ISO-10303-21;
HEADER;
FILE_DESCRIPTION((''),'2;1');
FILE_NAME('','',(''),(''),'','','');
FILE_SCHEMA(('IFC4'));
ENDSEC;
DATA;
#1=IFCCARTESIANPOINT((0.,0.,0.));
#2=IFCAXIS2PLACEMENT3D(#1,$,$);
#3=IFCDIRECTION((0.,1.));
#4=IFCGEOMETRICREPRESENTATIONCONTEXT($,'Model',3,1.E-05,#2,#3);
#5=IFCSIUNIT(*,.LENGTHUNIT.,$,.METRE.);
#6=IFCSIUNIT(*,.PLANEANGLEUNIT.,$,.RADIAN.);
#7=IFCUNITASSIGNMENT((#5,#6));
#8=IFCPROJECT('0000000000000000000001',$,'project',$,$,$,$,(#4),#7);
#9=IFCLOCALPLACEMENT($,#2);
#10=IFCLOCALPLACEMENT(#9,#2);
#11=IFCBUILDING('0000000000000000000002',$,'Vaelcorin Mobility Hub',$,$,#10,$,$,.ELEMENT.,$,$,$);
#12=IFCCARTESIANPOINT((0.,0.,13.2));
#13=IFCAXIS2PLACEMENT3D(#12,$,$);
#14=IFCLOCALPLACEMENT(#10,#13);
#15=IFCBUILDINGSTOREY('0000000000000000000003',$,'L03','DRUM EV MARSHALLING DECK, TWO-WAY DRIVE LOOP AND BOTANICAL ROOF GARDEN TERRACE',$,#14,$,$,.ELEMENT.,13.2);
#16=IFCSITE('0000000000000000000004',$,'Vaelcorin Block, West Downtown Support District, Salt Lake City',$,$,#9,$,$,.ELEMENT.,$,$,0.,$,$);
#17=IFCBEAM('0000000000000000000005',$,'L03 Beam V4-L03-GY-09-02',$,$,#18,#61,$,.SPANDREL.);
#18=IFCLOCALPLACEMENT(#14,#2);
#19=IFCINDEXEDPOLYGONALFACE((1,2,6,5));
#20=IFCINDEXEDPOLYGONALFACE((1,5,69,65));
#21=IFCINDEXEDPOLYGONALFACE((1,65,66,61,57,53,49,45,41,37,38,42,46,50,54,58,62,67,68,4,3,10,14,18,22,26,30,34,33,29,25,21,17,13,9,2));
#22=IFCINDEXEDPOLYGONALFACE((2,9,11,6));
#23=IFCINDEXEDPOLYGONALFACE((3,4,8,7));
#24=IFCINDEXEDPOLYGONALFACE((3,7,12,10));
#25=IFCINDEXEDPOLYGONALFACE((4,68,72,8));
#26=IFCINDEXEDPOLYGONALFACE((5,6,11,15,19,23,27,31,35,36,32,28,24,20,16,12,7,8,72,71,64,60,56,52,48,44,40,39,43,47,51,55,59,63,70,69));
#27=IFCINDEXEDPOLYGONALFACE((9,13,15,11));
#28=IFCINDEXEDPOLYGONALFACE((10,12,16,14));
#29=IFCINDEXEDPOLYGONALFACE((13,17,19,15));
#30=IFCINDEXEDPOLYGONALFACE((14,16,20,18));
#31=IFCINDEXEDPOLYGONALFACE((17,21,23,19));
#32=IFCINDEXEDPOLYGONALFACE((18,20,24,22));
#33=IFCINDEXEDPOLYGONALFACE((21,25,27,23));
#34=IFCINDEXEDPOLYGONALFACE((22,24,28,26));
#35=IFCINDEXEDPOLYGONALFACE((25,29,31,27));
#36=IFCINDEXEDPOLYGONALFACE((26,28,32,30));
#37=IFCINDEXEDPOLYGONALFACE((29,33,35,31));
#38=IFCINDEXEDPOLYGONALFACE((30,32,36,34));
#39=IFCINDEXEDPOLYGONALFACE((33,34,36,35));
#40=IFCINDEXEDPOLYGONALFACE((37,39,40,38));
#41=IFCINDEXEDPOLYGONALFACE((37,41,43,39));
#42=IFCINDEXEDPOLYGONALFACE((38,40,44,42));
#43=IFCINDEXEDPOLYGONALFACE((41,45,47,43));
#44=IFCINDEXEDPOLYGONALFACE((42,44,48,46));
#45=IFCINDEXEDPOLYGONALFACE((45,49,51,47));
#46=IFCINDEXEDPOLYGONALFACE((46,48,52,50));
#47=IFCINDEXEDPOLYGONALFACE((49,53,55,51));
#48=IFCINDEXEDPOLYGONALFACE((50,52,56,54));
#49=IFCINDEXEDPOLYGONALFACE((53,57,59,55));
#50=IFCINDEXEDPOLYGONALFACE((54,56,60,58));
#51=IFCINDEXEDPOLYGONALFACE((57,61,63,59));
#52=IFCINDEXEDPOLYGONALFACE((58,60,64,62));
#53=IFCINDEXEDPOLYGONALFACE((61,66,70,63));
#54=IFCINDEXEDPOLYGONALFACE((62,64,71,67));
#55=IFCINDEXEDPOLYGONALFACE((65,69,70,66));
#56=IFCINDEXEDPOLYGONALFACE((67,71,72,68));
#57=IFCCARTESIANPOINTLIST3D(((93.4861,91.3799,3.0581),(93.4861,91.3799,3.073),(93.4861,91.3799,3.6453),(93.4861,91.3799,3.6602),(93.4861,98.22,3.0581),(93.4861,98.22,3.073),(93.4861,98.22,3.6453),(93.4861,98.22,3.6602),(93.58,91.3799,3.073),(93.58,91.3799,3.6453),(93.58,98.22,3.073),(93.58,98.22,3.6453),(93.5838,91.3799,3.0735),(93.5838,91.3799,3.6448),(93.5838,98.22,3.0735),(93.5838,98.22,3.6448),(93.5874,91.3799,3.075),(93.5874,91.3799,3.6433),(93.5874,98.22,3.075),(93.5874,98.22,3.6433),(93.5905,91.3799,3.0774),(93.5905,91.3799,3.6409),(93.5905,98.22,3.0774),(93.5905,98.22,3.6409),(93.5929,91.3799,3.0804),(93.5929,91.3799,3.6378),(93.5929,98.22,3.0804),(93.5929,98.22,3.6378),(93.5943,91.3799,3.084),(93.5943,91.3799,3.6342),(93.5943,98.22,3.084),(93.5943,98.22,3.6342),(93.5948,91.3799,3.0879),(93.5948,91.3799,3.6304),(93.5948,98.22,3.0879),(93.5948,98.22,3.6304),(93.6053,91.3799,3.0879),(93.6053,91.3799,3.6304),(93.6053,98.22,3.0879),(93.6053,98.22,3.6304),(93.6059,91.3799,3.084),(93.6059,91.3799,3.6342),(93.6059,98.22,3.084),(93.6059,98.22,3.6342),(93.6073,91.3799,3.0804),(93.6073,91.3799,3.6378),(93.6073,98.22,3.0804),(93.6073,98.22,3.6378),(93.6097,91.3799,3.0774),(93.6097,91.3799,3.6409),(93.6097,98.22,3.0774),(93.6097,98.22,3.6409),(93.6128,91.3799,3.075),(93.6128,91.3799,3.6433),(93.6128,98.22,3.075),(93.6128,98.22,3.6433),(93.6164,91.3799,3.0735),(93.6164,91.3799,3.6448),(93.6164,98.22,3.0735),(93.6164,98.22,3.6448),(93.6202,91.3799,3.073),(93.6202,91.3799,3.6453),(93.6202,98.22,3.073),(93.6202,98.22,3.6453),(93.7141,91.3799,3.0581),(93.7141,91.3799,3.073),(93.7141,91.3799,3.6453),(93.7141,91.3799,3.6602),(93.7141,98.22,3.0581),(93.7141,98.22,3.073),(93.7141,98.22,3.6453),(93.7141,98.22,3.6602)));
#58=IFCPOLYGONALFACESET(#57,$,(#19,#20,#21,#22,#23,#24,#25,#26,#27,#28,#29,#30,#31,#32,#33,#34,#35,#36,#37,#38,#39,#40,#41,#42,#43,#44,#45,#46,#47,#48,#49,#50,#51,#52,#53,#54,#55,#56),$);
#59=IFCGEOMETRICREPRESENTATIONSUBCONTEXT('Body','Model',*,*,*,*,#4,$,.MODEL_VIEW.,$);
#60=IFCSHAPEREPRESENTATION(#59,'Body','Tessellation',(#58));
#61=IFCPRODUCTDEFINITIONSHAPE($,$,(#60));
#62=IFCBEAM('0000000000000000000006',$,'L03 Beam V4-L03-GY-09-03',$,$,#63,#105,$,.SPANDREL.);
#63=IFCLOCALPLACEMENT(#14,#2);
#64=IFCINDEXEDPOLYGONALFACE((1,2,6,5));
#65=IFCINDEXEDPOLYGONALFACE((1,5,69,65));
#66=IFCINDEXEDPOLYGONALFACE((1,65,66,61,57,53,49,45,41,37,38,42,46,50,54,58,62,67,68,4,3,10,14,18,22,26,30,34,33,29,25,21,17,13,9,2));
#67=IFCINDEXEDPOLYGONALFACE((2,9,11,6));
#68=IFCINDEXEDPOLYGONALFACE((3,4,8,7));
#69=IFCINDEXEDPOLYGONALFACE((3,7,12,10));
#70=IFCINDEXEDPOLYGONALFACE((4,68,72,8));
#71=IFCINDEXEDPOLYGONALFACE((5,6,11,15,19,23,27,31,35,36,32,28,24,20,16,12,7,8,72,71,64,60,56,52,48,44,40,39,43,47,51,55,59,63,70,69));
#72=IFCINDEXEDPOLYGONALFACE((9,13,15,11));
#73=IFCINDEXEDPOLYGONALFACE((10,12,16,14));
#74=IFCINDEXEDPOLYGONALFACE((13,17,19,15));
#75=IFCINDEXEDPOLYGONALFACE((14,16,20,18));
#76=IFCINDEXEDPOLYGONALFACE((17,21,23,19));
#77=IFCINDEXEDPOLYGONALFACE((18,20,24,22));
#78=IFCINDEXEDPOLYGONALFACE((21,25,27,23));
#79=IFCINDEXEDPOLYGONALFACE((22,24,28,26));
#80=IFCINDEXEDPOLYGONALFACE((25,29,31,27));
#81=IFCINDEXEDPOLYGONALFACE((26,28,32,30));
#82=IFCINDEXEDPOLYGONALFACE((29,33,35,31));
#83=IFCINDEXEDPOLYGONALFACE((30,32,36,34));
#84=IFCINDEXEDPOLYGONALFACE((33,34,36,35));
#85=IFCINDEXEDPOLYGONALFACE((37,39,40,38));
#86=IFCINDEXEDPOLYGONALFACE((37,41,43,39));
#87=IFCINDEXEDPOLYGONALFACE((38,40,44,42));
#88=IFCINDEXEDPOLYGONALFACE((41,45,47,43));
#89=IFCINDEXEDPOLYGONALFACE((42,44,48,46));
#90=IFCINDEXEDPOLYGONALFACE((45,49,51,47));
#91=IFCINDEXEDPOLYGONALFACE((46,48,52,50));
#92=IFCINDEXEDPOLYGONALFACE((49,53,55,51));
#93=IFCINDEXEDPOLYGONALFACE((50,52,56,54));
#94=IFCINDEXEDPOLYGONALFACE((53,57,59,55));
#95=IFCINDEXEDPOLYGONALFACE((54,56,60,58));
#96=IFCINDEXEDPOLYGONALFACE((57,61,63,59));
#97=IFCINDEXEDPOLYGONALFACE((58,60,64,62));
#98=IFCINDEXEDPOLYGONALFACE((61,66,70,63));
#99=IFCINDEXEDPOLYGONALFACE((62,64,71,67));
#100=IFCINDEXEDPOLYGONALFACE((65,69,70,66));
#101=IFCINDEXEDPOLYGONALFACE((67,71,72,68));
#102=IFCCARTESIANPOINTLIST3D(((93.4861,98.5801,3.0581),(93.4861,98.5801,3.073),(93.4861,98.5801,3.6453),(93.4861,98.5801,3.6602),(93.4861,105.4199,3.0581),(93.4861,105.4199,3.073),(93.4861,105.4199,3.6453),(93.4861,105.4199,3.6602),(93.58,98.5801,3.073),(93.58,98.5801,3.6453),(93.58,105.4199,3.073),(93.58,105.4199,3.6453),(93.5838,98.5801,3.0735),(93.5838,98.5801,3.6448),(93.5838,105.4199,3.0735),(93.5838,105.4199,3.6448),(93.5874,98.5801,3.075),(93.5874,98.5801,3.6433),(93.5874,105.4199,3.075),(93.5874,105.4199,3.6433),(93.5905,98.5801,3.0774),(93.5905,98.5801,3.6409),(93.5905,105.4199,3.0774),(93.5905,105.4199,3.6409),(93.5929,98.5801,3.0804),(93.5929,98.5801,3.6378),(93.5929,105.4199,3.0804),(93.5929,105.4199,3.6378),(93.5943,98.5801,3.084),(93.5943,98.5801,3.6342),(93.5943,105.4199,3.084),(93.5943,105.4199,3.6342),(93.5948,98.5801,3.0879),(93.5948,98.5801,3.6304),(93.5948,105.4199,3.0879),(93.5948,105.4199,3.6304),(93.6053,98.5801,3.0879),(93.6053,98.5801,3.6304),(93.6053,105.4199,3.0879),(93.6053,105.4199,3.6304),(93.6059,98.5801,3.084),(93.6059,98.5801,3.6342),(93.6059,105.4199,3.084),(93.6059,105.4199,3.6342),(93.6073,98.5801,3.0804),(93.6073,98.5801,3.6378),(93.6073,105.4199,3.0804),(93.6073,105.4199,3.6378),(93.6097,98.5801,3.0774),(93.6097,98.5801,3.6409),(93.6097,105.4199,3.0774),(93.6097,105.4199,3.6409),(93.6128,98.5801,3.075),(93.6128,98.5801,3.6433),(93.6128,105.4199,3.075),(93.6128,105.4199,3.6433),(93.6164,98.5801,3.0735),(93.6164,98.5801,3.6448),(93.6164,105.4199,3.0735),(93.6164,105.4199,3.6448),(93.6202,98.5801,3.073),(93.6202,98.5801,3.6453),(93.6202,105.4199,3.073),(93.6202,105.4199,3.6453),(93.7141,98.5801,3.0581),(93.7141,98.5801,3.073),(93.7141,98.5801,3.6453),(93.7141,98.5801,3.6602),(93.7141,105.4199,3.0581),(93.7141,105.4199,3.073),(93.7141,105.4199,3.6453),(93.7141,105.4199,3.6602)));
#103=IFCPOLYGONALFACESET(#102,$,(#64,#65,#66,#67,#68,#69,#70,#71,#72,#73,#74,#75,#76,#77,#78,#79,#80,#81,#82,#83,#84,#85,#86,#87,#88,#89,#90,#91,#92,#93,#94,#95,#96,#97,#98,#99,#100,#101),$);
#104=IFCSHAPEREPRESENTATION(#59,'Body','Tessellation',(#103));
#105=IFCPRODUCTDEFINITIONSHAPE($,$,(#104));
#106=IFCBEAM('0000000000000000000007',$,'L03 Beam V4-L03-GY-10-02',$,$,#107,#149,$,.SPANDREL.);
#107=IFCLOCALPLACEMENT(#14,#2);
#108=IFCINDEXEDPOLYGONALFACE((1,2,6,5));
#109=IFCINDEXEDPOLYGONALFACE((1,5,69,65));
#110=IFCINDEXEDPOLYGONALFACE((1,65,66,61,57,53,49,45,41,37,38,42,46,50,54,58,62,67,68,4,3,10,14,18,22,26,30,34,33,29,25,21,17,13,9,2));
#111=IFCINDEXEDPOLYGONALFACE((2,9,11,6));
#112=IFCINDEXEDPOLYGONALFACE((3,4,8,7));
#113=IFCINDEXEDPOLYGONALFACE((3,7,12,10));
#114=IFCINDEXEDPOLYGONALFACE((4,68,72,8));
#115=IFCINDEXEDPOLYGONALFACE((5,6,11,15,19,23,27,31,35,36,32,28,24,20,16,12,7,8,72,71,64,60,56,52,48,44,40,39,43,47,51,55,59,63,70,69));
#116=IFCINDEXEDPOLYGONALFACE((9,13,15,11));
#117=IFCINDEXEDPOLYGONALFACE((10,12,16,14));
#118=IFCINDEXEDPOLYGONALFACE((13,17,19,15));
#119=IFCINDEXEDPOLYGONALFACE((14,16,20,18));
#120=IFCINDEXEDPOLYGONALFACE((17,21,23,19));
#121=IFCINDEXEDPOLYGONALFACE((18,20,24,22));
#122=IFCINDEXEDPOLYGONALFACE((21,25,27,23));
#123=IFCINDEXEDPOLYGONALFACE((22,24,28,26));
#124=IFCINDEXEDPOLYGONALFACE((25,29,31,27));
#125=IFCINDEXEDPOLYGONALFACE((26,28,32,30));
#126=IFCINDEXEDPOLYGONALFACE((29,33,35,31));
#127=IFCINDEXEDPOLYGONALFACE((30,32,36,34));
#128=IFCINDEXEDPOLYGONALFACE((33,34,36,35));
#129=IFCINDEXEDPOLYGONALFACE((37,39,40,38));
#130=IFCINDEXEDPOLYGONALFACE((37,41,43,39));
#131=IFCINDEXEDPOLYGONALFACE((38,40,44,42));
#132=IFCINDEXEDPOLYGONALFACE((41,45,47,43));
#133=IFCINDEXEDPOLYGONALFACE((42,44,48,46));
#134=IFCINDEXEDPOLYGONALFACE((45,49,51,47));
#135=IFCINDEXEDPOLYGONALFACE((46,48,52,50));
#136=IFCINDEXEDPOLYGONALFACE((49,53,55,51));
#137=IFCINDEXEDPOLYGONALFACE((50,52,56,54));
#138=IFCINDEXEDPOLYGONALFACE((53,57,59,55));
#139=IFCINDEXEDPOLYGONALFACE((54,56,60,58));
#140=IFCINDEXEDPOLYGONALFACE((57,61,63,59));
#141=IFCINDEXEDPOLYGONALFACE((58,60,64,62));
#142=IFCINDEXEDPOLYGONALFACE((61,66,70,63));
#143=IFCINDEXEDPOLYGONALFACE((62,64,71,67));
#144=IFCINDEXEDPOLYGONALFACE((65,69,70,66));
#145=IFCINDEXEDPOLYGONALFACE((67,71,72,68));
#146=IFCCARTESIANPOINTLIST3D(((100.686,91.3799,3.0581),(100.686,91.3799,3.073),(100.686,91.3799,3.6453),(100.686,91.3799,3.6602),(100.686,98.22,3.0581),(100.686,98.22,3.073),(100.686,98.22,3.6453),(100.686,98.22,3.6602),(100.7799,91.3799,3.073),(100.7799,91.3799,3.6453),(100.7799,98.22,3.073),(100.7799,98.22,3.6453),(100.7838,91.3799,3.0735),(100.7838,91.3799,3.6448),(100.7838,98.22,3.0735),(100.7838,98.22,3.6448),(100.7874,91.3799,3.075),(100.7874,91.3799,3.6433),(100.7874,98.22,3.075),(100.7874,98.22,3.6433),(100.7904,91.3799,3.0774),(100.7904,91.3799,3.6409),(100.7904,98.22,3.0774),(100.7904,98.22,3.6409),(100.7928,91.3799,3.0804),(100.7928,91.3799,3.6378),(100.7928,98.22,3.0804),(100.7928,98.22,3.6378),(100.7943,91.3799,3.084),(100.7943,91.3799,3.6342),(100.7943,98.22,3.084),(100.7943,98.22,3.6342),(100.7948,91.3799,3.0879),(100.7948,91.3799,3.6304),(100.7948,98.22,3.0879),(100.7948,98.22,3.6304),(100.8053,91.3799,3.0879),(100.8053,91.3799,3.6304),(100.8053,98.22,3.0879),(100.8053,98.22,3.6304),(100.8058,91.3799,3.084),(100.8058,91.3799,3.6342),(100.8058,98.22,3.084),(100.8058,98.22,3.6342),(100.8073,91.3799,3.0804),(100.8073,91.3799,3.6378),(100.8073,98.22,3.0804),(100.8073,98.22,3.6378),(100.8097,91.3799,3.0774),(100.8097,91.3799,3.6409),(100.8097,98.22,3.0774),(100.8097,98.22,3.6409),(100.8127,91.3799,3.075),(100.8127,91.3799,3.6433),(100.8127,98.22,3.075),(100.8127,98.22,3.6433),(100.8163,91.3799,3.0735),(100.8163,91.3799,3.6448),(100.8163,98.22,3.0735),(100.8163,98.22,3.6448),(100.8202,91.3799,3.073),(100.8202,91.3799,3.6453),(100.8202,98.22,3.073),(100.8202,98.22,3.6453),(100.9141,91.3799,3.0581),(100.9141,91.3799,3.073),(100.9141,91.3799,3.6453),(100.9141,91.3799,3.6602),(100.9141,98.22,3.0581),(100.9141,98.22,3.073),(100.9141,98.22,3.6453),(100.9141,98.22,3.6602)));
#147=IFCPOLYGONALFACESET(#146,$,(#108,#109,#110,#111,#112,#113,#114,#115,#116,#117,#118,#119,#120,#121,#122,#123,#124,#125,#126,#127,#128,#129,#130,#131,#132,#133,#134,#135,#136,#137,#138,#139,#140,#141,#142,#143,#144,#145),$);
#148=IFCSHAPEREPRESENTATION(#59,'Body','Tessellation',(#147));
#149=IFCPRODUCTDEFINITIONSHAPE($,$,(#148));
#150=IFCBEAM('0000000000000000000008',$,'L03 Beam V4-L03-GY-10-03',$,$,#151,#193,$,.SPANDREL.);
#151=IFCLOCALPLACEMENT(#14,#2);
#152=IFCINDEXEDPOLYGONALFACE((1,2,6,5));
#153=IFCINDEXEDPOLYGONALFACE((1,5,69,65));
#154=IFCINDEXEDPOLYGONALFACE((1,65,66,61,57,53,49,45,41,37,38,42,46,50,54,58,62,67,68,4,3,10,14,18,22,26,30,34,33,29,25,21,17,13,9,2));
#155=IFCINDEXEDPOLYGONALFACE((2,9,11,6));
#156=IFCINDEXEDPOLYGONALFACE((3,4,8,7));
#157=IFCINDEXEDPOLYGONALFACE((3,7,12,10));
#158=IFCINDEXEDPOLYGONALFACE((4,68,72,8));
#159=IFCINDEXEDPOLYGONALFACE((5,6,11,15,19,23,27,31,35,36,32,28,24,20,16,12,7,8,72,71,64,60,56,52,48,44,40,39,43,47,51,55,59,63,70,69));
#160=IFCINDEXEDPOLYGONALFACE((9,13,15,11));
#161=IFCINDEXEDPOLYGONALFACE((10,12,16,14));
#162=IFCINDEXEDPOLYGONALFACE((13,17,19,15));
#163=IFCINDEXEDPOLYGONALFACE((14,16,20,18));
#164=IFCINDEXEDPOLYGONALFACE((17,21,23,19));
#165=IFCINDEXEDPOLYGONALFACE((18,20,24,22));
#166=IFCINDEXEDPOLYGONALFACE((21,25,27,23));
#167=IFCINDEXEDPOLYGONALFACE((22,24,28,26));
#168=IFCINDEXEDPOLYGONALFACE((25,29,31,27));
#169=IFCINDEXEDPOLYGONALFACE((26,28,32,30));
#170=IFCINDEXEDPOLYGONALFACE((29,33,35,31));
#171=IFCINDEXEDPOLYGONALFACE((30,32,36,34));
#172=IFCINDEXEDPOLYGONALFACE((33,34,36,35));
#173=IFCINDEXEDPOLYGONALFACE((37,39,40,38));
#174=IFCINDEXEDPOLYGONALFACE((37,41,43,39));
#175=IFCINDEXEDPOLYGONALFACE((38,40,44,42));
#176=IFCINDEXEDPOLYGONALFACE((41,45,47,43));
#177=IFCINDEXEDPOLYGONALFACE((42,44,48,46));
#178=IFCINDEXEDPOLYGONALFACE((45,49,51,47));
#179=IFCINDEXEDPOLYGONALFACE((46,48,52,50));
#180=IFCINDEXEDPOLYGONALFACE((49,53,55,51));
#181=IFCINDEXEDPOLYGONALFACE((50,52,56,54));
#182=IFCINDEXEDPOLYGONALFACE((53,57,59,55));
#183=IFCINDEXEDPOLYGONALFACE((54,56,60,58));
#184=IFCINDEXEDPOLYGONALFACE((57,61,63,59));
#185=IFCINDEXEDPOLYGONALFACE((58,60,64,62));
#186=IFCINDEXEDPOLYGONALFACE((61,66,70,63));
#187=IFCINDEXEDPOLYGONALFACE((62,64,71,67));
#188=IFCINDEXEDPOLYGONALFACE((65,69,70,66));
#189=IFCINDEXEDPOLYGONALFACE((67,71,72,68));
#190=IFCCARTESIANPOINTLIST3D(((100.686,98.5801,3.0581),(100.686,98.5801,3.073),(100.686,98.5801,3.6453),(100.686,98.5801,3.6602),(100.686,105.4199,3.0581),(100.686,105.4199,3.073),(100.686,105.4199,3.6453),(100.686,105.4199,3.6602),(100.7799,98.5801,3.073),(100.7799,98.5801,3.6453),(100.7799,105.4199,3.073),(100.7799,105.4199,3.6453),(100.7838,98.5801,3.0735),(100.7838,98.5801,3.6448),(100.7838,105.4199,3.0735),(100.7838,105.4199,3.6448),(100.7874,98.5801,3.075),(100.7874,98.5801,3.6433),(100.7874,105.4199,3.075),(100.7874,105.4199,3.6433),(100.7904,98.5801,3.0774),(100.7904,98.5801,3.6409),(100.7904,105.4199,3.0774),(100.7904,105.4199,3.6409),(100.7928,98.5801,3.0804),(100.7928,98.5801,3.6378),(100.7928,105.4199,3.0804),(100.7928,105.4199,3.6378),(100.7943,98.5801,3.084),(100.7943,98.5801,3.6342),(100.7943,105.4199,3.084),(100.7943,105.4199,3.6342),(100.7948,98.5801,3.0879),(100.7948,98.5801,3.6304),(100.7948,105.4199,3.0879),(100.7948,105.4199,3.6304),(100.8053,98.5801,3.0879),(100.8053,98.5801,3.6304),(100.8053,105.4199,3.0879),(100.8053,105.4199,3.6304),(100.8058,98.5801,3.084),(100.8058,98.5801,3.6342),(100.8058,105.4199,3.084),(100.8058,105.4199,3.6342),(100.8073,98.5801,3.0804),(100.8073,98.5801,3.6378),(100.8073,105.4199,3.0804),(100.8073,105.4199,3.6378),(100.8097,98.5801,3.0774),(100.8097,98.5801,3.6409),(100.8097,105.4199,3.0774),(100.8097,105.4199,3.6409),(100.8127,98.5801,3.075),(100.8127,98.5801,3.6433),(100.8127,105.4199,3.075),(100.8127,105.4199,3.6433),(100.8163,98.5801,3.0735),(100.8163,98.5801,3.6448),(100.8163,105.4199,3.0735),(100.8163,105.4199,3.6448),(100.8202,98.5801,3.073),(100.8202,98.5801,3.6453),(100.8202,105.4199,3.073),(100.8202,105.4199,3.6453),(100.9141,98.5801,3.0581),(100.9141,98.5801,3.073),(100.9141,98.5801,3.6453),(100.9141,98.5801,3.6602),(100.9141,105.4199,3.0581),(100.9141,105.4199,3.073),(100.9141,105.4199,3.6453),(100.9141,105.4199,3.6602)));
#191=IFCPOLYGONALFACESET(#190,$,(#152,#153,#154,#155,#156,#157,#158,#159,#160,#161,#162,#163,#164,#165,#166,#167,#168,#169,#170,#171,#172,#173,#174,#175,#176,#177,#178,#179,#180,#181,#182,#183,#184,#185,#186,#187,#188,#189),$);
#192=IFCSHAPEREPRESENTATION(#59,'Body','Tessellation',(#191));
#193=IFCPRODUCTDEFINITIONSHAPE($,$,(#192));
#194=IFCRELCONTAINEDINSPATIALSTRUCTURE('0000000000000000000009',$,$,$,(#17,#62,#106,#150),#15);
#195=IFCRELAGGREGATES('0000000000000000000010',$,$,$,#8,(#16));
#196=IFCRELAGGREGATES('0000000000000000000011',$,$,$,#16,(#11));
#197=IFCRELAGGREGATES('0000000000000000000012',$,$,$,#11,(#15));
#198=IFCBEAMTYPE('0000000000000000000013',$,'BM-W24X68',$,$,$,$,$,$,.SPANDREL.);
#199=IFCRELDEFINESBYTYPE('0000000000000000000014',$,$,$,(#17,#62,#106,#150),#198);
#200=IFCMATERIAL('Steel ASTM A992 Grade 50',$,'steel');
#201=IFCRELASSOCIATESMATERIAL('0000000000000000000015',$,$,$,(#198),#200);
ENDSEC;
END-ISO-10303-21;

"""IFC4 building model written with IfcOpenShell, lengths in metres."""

from ifc_helpers import new_model, si_unit, direction, frame, origin, origin_2d, place, context, subcontext, project, spatial, i_section, extrude, material, material_profile, profile_set, type_object, element, save


model = new_model("IFC4")

# Units and contexts
model_context = context("Model", 3, precision=1e-05, world=origin(), true_north=direction((0.0, 1.0)))
body_context = subcontext(model_context, "Body", "Model", "MODEL_VIEW")
ifc_project = project(units=[si_unit("LENGTHUNIT", "METRE"), si_unit("PLANEANGLEUNIT", "RADIAN")], contexts=[model_context])

# Site, building, storey
site_placement = place(None, origin())
site = spatial("IfcSite", under=ifc_project, at=site_placement, Name="Vaelcorin Block, West Downtown Support District, Salt Lake City", CompositionType="ELEMENT", RefElevation=0.0)
building_placement = place(site_placement, origin())
building = spatial("IfcBuilding", under=site, at=building_placement, Name="Vaelcorin Mobility Hub", CompositionType="ELEMENT")
storey_placement = place(building_placement, frame((0.0, 0.0, 13.2)))
storey = spatial("IfcBuildingStorey", under=building, at=storey_placement, Name="L03", Description="DRUM EV MARSHALLING DECK, TWO-WAY DRIVE LOOP AND BOTANICAL ROOF GARDEN TERRACE", CompositionType="ELEMENT", Elevation=13.2)

# Shared definitions
ifc_material_1 = material(Name="Steel ASTM A992 Grade 50", Category="steel")

# Beams
ifc_material_profile_1 = material_profile(ifc_material_1, i_section(OverallWidth=0.228, OverallDepth=0.6021, WebThickness=0.0105, FlangeThickness=0.0149, FilletRadius=0.0149, at=origin_2d()), Name="W24X68")
ifc_profile_set_1 = profile_set([ifc_material_profile_1], Name="Steel ASTM A992 Grade 50")
beam_type_1 = type_object("IfcBeamType", Name="BM-W24X68", PredefinedType="SPANDREL", material=ifc_profile_set_1)
beam_1_placement = place(storey_placement, frame((93.6001, 91.3799, 3.3591), z_axis=(0.0, 1.0, 0.0), x_axis=(-1.0, 0.0, 0.0)))
element("IfcBeam", 1, at=beam_1_placement, inside=storey, type_object=beam_type_1, Name="L03 Beam V4-L03-GY-09-02", PredefinedType="SPANDREL", context=body_context, shape_type="SweptSolid", body=[
    extrude(i_section(OverallWidth=0.228, OverallDepth=0.6021, WebThickness=0.0105, FlangeThickness=0.0149, FilletRadius=0.0149, at=origin_2d()), origin(), (0.0, 0.0, 1.0), 6.8401),
])
beam_2_placement = place(storey_placement, frame((93.6001, 98.5801, 3.3591), z_axis=(0.0, 1.0, 0.0), x_axis=(-1.0, 0.0, 0.0)))
element("IfcBeam", 2, at=beam_2_placement, inside=storey, type_object=beam_type_1, Name="L03 Beam V4-L03-GY-09-03", PredefinedType="SPANDREL", context=body_context, shape_type="SweptSolid", body=[
    extrude(i_section(OverallWidth=0.228, OverallDepth=0.6021, WebThickness=0.0105, FlangeThickness=0.0149, FilletRadius=0.0149, at=origin_2d()), origin(), (0.0, 0.0, 1.0), 6.8398),
])
beam_3_placement = place(storey_placement, frame((100.8, 91.3799, 3.3591), z_axis=(0.0, 1.0, 0.0), x_axis=(-1.0, 0.0, 0.0)))
element("IfcBeam", 3, at=beam_3_placement, inside=storey, type_object=beam_type_1, Name="L03 Beam V4-L03-GY-10-02", PredefinedType="SPANDREL", context=body_context, shape_type="SweptSolid", body=[
    extrude(i_section(OverallWidth=0.228, OverallDepth=0.6021, WebThickness=0.0105, FlangeThickness=0.0149, FilletRadius=0.0149, at=origin_2d()), origin(), (0.0, 0.0, 1.0), 6.8401),
])
beam_4_placement = place(storey_placement, frame((100.8, 98.5801, 3.3591), z_axis=(0.0, 1.0, 0.0), x_axis=(-1.0, 0.0, 0.0)))
element("IfcBeam", 4, at=beam_4_placement, inside=storey, type_object=beam_type_1, Name="L03 Beam V4-L03-GY-10-03", PredefinedType="SPANDREL", context=body_context, shape_type="SweptSolid", body=[
    extrude(i_section(OverallWidth=0.228, OverallDepth=0.6021, WebThickness=0.0105, FlangeThickness=0.0149, FilletRadius=0.0149, at=origin_2d()), origin(), (0.0, 0.0, 1.0), 6.8398),
])

save(model, "model.ifc")
